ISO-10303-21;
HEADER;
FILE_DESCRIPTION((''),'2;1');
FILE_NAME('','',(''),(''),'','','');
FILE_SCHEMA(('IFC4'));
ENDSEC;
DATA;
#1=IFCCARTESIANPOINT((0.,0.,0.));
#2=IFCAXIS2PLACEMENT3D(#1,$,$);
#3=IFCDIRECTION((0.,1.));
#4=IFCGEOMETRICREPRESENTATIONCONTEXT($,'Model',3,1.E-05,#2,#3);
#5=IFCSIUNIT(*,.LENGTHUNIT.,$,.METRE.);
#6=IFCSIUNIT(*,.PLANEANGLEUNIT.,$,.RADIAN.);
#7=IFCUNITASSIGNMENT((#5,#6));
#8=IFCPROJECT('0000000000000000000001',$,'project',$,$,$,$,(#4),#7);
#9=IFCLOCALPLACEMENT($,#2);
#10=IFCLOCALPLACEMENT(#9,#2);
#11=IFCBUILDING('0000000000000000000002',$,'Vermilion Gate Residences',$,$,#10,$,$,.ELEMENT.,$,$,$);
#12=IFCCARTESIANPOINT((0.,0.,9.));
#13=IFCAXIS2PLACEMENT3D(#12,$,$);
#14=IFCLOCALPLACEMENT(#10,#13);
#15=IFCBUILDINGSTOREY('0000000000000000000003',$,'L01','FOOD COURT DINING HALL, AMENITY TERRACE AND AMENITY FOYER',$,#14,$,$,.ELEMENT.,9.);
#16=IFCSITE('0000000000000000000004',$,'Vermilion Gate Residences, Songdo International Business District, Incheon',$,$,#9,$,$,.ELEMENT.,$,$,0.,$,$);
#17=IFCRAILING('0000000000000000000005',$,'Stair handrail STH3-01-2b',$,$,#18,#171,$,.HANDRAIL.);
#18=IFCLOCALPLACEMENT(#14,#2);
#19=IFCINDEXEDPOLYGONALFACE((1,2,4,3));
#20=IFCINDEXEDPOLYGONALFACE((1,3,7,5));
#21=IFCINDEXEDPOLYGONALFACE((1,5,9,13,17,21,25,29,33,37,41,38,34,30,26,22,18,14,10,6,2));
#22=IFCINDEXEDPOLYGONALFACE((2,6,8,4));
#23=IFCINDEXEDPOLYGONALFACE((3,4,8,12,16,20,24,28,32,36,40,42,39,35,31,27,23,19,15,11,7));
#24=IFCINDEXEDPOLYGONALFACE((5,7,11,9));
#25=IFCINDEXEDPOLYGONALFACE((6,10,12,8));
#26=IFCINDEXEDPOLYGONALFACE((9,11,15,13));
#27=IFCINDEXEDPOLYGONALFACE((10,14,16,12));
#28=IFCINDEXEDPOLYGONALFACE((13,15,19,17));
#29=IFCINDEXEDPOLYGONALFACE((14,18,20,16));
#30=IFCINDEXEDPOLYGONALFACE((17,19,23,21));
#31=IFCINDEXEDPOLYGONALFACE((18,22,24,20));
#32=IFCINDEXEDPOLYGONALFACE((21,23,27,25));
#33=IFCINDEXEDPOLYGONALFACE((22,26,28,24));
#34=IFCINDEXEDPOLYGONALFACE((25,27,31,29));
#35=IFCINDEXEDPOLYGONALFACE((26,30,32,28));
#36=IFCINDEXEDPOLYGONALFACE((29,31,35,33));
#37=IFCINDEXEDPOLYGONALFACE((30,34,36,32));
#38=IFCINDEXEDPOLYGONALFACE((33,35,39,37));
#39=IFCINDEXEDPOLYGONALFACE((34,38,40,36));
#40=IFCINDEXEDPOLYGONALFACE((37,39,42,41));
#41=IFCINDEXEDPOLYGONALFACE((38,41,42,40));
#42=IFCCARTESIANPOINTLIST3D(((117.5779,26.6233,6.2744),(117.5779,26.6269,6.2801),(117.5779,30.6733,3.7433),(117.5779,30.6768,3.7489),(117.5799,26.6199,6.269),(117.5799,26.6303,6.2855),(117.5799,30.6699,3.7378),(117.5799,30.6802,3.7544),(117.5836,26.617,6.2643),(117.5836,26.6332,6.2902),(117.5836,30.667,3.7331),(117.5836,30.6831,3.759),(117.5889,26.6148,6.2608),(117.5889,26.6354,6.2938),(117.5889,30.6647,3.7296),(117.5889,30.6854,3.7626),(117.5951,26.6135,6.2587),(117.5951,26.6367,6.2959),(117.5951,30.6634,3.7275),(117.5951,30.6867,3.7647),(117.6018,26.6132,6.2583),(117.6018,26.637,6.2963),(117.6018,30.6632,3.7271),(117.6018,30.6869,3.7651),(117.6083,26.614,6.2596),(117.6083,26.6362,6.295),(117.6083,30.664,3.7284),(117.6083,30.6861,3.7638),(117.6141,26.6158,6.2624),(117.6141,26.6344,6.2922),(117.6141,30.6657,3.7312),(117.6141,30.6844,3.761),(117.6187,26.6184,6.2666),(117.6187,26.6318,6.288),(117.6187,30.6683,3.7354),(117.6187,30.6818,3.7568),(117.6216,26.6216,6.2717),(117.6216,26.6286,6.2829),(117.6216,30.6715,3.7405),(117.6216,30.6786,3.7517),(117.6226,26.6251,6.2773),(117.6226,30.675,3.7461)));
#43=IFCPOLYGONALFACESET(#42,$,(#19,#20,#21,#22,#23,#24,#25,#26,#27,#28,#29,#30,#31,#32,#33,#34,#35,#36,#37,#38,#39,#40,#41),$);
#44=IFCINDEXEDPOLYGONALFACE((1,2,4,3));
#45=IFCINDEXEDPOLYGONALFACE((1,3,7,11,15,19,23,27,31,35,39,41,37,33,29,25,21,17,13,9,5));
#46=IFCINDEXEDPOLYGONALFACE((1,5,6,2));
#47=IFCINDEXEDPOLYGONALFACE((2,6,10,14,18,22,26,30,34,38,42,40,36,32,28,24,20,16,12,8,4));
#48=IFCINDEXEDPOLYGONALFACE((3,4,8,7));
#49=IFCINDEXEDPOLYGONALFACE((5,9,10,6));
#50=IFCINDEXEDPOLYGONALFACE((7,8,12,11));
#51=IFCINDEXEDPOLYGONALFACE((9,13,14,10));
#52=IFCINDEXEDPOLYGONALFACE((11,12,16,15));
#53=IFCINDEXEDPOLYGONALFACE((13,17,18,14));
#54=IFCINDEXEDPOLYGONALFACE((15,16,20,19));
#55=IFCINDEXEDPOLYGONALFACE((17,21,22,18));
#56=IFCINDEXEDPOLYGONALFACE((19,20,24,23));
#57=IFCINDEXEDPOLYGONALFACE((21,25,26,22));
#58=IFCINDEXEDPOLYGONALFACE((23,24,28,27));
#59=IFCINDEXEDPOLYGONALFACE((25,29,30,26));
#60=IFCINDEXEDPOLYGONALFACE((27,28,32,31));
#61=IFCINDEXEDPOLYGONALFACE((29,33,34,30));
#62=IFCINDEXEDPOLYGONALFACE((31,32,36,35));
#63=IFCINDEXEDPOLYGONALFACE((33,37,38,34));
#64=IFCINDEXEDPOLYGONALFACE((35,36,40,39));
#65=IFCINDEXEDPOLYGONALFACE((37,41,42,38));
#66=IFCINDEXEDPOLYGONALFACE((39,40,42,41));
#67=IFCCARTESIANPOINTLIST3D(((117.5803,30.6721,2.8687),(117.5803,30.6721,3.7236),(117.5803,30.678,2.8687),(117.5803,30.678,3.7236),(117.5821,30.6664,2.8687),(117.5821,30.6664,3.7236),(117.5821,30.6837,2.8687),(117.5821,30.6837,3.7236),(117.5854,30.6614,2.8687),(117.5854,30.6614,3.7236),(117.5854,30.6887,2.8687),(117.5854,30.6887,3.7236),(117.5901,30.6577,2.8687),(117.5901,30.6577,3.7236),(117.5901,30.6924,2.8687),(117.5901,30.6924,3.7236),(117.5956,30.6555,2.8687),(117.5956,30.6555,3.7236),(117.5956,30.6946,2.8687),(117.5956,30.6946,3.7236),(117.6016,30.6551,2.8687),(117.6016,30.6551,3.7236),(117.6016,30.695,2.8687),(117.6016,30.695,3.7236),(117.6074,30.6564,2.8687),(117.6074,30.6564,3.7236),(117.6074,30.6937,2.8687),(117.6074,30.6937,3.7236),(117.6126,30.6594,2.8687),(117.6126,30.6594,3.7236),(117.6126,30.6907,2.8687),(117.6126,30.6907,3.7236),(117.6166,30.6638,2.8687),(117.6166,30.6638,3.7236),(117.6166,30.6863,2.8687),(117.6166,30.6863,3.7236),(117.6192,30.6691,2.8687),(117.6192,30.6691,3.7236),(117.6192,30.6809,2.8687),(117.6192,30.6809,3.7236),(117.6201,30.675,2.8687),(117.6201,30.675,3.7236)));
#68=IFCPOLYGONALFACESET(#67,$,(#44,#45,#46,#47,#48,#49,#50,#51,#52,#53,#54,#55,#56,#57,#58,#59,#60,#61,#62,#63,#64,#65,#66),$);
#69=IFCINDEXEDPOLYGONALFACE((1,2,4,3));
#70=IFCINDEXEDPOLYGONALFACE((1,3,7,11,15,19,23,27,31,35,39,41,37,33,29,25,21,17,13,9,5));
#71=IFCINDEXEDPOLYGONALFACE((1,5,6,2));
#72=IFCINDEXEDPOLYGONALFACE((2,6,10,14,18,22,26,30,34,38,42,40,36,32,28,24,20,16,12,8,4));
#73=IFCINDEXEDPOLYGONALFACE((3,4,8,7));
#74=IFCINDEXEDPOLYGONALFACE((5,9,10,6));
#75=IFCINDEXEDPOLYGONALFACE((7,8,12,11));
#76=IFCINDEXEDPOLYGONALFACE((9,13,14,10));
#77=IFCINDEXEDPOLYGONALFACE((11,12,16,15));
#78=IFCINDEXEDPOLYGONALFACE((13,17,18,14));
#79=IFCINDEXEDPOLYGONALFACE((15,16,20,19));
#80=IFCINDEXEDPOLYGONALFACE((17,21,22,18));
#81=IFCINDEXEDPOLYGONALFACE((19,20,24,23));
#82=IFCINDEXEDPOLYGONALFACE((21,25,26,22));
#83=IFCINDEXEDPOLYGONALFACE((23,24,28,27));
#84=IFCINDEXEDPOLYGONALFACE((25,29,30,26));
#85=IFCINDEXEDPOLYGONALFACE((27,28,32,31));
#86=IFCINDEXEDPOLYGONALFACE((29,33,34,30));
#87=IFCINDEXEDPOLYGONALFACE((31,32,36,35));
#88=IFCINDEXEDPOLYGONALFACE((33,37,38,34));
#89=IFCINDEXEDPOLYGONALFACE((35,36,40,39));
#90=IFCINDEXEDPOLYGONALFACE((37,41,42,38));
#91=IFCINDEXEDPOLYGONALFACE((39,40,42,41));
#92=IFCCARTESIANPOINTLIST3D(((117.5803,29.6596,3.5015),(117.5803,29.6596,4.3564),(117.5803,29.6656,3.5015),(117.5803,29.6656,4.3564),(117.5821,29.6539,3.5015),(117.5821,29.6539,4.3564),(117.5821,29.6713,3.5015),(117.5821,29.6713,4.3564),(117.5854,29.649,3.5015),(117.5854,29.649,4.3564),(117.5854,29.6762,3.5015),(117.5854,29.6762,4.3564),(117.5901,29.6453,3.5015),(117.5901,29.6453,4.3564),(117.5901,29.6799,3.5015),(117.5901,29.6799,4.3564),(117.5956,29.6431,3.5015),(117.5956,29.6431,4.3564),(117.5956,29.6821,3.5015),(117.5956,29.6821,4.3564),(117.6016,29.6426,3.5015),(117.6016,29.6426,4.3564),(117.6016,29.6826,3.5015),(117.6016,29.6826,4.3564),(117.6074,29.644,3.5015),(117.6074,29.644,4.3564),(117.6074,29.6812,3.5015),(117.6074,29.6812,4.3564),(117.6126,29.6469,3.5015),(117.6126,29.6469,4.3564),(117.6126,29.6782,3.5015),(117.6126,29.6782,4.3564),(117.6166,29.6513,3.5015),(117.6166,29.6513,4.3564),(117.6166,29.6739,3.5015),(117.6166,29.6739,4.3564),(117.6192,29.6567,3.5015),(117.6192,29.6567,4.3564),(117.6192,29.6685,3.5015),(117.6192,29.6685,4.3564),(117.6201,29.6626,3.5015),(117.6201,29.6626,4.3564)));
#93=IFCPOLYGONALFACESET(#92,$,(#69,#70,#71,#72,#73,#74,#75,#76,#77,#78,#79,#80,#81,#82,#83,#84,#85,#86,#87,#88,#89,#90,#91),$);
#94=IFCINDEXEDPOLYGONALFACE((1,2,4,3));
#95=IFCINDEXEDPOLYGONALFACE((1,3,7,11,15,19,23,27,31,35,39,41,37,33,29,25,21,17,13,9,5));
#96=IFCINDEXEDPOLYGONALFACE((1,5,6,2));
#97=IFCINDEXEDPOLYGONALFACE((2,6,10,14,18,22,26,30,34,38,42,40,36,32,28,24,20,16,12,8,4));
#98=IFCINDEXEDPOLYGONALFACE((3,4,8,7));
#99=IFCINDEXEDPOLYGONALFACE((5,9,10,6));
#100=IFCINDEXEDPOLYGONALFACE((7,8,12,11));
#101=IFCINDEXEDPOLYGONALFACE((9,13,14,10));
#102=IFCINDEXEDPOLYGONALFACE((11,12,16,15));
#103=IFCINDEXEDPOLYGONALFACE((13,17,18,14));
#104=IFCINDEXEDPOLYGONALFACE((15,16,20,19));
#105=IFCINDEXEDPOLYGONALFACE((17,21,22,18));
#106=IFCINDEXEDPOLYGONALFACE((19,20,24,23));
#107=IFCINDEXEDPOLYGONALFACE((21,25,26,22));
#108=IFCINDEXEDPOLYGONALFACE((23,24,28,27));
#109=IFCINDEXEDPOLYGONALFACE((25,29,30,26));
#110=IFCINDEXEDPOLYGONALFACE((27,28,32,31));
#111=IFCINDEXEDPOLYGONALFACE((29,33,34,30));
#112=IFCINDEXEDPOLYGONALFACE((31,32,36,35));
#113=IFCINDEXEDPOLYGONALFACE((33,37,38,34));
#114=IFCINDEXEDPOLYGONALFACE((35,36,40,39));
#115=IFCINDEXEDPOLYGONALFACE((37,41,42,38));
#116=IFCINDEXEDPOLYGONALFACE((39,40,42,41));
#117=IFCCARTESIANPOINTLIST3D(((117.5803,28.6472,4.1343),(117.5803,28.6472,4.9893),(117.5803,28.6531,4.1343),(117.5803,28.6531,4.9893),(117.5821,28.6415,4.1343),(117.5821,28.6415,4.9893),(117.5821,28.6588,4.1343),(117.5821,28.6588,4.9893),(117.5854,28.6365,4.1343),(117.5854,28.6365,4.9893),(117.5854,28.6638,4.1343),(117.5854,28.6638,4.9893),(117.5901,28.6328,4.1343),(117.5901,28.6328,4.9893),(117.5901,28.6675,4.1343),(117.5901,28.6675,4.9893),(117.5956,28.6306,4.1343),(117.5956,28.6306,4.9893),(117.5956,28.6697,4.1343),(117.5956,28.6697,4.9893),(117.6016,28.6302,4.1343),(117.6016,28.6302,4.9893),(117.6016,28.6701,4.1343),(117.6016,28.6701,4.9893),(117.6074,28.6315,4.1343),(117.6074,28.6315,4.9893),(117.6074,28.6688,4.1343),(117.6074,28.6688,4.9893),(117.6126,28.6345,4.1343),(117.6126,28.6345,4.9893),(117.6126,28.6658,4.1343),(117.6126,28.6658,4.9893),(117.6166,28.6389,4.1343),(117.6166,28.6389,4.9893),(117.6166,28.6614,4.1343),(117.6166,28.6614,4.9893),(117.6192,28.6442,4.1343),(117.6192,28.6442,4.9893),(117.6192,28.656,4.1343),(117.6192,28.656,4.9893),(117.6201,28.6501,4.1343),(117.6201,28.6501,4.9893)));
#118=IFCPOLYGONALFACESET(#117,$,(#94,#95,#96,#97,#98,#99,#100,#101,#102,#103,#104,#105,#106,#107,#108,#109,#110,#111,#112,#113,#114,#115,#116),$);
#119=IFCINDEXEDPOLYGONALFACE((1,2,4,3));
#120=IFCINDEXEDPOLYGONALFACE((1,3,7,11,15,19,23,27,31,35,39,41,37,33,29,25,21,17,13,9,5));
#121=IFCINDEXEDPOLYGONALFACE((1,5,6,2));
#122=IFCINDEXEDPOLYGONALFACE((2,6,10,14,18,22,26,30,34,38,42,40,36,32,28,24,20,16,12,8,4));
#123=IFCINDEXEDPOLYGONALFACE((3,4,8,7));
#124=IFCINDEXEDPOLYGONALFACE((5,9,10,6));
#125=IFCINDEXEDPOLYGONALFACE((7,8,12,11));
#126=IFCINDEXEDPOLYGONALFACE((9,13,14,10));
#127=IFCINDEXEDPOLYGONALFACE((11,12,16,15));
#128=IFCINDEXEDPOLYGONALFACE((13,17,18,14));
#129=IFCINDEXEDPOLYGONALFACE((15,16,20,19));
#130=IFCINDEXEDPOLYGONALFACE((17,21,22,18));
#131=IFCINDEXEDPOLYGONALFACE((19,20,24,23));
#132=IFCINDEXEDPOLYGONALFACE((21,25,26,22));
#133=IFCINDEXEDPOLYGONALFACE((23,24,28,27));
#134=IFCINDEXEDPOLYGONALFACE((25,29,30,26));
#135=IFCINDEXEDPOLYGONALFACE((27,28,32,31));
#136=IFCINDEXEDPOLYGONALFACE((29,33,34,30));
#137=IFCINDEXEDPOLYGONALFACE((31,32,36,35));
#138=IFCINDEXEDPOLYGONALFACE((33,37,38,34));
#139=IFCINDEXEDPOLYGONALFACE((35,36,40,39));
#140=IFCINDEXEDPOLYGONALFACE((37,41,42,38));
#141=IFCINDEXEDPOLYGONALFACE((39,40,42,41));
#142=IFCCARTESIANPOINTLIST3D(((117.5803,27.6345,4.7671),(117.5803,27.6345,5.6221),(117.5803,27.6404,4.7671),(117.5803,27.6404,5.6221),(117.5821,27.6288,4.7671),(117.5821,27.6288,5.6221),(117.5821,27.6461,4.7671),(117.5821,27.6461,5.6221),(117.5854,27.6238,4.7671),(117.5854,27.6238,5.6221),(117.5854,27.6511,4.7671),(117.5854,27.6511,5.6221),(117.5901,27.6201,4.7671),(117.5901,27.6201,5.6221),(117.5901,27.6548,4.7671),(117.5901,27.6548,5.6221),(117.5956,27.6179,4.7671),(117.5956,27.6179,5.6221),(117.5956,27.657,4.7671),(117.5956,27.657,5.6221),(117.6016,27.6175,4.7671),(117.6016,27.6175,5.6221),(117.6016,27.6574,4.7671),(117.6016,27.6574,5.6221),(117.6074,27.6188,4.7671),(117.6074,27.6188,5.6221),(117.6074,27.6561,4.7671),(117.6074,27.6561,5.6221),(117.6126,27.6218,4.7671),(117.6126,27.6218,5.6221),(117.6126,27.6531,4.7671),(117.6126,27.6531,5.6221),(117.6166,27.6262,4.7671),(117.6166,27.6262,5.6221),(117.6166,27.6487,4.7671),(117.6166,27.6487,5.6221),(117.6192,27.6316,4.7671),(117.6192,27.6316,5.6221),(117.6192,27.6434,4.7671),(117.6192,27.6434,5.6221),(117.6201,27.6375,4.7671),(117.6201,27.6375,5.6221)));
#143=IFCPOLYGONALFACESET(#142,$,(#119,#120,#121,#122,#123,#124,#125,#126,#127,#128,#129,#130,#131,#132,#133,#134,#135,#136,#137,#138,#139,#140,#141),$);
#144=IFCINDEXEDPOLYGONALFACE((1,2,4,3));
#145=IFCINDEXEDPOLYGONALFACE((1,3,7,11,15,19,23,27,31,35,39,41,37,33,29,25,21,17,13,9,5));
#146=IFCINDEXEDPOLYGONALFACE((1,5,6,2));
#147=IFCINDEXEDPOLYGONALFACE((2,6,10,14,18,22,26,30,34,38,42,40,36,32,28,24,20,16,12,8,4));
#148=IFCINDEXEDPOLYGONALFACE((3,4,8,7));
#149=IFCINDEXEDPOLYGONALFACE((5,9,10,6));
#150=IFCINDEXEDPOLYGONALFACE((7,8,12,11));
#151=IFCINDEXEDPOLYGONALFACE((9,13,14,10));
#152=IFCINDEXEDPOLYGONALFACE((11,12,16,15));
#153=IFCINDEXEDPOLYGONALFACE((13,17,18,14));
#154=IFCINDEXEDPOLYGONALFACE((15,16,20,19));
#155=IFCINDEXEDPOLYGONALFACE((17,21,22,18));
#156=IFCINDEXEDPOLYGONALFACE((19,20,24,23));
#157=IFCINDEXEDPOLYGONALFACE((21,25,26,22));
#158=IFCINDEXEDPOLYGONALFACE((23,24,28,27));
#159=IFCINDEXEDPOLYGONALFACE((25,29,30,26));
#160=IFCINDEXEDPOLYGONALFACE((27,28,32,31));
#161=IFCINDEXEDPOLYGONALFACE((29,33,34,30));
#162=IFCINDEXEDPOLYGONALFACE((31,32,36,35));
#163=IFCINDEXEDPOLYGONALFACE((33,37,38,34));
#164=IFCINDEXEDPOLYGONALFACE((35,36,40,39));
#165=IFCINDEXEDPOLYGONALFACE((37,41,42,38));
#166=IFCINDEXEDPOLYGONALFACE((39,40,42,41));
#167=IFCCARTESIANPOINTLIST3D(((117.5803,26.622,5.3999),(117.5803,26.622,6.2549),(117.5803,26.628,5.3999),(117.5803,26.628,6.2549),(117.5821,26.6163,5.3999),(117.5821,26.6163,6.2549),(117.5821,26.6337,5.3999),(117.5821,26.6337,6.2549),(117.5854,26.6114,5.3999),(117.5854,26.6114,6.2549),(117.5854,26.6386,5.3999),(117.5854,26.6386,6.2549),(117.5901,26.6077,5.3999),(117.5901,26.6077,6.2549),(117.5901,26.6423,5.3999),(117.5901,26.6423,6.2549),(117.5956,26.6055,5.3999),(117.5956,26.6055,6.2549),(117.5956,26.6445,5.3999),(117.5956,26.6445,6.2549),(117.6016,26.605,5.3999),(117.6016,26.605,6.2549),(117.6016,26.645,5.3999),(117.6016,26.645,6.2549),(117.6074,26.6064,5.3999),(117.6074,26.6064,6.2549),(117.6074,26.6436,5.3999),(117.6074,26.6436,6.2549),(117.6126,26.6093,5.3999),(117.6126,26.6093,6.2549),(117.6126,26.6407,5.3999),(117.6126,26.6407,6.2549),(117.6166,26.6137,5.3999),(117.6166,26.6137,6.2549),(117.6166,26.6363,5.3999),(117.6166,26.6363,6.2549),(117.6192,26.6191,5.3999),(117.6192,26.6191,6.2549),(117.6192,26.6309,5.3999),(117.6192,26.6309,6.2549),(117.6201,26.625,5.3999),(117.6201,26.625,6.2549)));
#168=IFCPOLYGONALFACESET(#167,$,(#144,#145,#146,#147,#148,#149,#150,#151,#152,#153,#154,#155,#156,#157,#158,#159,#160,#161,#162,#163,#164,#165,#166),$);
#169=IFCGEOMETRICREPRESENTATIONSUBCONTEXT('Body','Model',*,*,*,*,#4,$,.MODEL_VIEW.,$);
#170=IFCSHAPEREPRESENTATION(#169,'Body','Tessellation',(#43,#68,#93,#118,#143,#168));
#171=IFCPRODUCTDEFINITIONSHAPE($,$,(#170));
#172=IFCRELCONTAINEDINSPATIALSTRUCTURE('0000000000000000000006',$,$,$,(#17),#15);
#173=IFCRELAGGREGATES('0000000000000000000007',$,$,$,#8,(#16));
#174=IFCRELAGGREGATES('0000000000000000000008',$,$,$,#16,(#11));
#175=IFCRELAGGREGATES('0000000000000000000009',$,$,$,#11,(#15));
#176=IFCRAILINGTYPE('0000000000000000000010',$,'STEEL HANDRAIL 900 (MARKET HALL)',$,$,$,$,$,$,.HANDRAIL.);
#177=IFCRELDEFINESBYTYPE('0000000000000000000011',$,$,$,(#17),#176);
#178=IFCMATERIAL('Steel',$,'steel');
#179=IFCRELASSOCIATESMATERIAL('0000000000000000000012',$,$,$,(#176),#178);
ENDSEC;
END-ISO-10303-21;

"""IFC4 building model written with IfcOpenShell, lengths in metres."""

from ifc_helpers import new_model, si_unit, direction, frame, origin, origin_2d, place, context, subcontext, project, spatial, circle, extrude, material, type_object, element, save


model = new_model("IFC4")

# Units and contexts
model_context = context("Model", 3, precision=1e-05, world=origin(), true_north=direction((0.0, 1.0)))
body_context = subcontext(model_context, "Body", "Model", "MODEL_VIEW")
ifc_project = project(units=[si_unit("LENGTHUNIT", "METRE"), si_unit("PLANEANGLEUNIT", "RADIAN")], contexts=[model_context])

# Site, building, storey
site_placement = place(None, origin())
site = spatial("IfcSite", under=ifc_project, at=site_placement, Name="Vermilion Gate Residences, Songdo International Business District, Incheon", CompositionType="ELEMENT", RefElevation=0.0)
building_placement = place(site_placement, origin())
building = spatial("IfcBuilding", under=site, at=building_placement, Name="Vermilion Gate Residences", CompositionType="ELEMENT")
storey_placement = place(building_placement, frame((0.0, 0.0, 9.0)))
storey = spatial("IfcBuildingStorey", under=building, at=storey_placement, Name="L01", Description="FOOD COURT DINING HALL, AMENITY TERRACE AND AMENITY FOYER", CompositionType="ELEMENT", Elevation=9.0)

# Railing
ifc_material_1 = material(Name="Steel", Category="steel")
railing_type_1 = type_object("IfcRailingType", Name="STEEL HANDRAIL 900 (MARKET HALL)", PredefinedType="HANDRAIL", material=ifc_material_1)
for number, where, name in (
    (1, (117.6001, 30.675, 2.8687), "Stair handrail STH3-01-2b"),
):
    element("IfcRailing", number, at=place(storey_placement, frame(where)), inside=storey, type_object=railing_type_1, Name=name, PredefinedType="HANDRAIL", context=body_context, shape_type="SweptSolid", body=[
        extrude(circle(Radius=0.0225, at=origin_2d()), frame((0.0, 0.0, 0.8774), z_axis=(0.0, -0.848001, 0.529994), x_axis=(1.0, 0.0, 0.0)), (0.0, 0.0, 1.0), 4.7759),
        extrude(circle(Radius=0.02, at=origin_2d()), origin(), (0.0, 0.0, 1.0), 0.855),
        extrude(circle(Radius=0.02, at=origin_2d()), frame((0.0, -1.0125, 0.6328)), (0.0, 0.0, 1.0), 0.855),
        extrude(circle(Radius=0.02, at=origin_2d()), frame((0.0, -2.0249, 1.2656)), (0.0, 0.0, 1.0), 0.855),
        extrude(circle(Radius=0.02, at=origin_2d()), frame((0.0, -3.0376, 1.8984)), (0.0, 0.0, 1.0), 0.855),
        extrude(circle(Radius=0.02, at=origin_2d()), frame((0.0, -4.05, 2.5312)), (0.0, 0.0, 1.0), 0.855),
    ])

save(model, "model.ifc")
